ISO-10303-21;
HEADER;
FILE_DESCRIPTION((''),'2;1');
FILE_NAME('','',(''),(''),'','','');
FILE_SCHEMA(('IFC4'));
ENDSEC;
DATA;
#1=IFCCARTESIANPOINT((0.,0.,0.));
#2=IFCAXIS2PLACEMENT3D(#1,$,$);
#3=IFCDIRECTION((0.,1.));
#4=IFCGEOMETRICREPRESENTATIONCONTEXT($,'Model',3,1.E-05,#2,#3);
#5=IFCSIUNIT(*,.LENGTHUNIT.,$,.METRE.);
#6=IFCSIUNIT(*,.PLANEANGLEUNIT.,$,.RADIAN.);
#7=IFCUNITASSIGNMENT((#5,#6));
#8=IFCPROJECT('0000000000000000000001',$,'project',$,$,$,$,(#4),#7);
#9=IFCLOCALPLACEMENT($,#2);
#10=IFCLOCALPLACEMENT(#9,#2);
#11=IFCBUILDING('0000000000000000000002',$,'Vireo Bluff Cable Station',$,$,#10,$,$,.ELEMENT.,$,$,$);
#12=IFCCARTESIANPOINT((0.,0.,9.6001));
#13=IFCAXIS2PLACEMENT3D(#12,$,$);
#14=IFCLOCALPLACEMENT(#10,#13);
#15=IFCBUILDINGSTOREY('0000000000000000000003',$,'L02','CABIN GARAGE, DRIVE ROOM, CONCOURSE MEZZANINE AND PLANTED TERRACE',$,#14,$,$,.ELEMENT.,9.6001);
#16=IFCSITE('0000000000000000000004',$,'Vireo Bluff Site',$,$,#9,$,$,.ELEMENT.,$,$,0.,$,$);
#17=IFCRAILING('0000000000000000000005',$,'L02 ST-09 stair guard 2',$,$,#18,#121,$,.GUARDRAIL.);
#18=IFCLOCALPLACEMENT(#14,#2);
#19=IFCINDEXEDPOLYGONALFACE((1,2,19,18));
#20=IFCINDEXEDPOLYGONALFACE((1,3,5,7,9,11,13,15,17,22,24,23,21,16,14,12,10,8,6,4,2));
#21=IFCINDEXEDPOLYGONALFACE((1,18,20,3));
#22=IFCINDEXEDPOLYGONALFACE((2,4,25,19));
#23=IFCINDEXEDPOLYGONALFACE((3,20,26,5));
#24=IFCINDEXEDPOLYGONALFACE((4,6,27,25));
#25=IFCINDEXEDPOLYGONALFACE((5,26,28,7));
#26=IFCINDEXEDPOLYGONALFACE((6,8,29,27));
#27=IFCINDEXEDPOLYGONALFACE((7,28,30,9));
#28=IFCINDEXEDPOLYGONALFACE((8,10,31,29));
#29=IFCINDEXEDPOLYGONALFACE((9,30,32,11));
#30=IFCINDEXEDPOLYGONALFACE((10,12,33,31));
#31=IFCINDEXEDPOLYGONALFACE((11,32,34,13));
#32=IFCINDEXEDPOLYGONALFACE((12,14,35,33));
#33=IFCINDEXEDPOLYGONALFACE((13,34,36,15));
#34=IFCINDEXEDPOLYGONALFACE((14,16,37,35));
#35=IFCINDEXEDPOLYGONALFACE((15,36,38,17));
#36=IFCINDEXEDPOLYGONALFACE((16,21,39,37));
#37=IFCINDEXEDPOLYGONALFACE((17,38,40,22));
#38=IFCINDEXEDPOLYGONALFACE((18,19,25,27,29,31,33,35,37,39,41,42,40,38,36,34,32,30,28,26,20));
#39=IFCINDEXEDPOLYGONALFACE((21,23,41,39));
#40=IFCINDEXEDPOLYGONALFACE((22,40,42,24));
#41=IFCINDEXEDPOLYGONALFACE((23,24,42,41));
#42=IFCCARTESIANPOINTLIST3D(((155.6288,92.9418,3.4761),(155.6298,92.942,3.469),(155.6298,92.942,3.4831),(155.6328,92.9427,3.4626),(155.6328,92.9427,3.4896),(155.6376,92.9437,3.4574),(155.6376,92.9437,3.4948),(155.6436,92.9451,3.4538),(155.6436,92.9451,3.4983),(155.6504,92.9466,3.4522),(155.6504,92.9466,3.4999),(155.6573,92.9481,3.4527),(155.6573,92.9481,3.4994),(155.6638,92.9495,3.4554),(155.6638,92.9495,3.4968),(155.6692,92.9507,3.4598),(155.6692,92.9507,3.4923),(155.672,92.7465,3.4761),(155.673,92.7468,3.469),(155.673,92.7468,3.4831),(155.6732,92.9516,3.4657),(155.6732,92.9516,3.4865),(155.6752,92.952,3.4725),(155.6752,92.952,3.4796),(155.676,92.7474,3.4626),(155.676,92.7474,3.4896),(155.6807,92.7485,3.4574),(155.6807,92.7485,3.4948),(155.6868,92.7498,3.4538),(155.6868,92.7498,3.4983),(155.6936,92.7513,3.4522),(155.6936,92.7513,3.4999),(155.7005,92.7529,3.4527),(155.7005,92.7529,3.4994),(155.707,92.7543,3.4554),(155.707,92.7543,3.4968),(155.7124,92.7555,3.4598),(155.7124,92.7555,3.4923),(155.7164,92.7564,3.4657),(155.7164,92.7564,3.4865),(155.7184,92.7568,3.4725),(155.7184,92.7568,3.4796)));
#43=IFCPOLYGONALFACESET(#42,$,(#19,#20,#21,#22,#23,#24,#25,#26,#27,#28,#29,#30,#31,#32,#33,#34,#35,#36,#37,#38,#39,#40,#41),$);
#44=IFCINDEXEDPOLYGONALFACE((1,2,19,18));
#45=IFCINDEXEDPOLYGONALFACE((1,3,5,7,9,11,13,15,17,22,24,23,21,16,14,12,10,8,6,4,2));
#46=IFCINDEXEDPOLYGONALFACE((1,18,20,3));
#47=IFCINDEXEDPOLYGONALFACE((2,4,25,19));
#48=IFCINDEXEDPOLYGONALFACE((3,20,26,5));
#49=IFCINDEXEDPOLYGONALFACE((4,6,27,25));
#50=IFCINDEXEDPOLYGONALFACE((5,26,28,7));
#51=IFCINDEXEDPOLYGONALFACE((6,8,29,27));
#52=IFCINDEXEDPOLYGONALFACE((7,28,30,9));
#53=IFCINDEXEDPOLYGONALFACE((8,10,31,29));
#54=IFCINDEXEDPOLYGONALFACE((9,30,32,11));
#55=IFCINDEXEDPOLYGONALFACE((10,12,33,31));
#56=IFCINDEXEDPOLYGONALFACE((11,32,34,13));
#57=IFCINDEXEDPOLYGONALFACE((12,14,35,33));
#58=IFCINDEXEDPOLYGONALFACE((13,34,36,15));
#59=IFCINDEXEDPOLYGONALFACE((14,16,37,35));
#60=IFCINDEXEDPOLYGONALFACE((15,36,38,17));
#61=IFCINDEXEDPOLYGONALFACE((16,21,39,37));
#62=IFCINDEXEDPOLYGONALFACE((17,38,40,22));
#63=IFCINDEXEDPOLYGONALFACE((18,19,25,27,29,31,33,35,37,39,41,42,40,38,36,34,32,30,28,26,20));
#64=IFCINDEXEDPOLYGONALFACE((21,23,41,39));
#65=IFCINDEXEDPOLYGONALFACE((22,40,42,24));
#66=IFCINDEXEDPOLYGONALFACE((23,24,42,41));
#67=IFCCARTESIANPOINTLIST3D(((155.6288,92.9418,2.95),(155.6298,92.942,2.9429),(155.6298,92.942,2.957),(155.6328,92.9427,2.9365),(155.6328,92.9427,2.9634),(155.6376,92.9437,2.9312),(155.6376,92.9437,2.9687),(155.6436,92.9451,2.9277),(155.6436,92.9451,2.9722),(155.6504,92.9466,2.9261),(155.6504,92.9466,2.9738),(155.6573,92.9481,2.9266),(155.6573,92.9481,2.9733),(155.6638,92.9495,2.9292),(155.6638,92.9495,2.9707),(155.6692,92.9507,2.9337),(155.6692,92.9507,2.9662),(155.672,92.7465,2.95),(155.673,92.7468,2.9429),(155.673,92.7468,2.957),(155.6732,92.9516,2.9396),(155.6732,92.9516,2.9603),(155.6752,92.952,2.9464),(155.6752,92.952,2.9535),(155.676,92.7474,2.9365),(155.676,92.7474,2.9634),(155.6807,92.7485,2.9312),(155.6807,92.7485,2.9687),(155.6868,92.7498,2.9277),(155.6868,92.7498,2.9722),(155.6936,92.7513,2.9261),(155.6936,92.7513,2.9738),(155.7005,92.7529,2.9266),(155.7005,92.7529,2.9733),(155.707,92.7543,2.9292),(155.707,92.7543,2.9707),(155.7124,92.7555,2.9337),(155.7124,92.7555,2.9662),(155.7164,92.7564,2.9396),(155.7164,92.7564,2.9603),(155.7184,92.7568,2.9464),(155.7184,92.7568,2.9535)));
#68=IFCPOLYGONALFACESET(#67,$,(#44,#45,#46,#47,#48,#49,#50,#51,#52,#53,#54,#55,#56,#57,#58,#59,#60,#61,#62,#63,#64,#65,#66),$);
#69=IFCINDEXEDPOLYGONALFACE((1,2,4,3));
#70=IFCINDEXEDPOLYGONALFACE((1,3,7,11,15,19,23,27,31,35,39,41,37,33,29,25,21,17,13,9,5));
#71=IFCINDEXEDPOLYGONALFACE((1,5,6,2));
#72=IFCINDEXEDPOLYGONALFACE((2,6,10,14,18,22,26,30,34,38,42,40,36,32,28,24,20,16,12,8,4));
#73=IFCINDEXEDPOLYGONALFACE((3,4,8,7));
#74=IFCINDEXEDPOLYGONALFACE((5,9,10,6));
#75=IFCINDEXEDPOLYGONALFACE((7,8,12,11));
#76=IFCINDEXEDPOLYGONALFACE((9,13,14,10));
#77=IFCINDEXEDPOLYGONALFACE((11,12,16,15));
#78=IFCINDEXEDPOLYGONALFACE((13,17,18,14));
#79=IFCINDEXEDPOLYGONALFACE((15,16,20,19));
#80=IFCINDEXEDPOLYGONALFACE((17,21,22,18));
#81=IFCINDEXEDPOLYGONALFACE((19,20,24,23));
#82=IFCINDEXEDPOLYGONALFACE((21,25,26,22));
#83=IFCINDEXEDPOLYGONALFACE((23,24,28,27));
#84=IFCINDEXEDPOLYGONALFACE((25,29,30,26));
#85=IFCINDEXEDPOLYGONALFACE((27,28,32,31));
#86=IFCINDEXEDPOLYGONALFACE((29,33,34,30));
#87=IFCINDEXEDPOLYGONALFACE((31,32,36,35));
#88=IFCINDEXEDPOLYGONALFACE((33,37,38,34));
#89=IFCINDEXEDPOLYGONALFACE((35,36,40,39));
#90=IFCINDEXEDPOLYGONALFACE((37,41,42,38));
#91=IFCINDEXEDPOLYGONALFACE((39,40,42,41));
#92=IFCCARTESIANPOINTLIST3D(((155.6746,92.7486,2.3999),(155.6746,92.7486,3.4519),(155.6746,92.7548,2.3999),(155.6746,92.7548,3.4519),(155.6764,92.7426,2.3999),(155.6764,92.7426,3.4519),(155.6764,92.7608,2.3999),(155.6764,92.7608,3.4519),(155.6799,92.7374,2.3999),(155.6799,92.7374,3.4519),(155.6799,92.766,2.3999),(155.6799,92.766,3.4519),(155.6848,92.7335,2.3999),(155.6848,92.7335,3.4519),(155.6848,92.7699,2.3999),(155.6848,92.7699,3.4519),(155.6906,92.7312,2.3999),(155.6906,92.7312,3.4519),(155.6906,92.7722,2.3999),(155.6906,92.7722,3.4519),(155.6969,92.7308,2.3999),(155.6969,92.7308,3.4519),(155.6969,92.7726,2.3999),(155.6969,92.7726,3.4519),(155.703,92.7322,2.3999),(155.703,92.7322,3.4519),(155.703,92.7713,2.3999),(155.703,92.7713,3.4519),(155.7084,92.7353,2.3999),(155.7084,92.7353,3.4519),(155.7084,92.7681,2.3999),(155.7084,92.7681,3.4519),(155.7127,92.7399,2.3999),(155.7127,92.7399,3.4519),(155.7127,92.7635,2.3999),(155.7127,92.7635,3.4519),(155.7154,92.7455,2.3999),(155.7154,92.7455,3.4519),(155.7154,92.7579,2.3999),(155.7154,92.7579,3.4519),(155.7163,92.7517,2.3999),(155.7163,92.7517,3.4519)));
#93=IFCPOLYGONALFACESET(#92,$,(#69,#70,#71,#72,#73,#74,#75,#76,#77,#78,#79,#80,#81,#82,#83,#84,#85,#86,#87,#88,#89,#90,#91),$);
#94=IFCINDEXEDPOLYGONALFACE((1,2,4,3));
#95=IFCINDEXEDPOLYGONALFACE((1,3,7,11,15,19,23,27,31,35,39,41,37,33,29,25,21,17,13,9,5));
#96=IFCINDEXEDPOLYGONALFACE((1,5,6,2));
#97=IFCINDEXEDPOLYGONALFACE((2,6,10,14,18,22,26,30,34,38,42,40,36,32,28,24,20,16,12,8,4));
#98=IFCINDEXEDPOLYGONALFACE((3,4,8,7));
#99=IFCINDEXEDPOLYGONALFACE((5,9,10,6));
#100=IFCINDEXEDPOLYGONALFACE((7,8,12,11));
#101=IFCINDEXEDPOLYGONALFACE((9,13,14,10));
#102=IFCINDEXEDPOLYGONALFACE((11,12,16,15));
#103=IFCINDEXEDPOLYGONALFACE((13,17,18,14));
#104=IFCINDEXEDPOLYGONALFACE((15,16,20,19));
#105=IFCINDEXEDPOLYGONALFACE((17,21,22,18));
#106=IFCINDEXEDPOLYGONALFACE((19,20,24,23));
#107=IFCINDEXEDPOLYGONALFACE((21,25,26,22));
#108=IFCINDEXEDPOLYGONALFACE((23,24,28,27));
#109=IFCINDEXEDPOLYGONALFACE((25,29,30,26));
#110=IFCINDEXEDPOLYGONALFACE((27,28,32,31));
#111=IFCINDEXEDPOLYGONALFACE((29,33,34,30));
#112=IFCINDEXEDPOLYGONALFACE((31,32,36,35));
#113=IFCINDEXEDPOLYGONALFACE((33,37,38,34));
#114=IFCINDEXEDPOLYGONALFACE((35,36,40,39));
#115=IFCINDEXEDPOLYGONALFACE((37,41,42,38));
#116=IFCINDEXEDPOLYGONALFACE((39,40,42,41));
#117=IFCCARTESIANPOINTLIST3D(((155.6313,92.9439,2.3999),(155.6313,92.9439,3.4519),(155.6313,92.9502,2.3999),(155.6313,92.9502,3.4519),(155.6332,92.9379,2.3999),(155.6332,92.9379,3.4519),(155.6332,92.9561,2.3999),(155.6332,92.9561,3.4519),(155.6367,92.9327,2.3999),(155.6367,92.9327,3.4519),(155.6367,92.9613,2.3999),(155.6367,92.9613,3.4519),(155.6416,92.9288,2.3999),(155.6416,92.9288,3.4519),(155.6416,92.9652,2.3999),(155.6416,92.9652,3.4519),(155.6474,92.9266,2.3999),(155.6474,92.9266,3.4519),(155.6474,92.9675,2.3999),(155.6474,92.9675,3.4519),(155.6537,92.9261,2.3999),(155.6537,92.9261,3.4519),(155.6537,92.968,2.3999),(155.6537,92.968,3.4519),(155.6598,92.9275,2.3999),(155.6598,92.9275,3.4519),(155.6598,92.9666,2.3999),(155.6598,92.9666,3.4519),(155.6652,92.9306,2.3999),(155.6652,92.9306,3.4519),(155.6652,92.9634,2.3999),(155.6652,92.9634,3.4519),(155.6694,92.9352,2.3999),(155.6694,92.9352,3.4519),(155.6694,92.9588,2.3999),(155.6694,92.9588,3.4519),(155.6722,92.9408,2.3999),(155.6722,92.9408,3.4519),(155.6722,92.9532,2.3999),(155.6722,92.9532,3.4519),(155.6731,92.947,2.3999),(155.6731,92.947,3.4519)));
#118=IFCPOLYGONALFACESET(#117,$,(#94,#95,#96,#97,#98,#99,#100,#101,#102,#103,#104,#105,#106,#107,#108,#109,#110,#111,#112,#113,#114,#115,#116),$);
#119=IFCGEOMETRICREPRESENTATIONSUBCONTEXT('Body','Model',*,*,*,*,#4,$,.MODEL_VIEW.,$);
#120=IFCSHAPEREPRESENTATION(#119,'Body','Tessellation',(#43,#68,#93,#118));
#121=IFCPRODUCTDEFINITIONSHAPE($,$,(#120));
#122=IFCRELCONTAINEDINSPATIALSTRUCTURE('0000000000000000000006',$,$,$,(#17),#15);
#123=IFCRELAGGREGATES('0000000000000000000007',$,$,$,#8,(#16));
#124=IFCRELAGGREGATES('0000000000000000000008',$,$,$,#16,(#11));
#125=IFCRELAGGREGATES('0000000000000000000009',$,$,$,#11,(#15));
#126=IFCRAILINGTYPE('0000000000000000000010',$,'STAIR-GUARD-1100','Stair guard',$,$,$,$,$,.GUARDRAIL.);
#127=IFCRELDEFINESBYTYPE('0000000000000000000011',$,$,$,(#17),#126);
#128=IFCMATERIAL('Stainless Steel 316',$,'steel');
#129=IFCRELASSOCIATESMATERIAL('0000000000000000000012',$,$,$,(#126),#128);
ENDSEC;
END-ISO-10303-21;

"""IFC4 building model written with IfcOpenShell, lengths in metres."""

from ifc_helpers import new_model, si_unit, direction, frame, origin, origin_2d, place, context, subcontext, project, spatial, circle, extrude, material, type_object, element, save


model = new_model("IFC4")

# Units and contexts
model_context = context("Model", 3, precision=1e-05, world=origin(), true_north=direction((0.0, 1.0)))
body_context = subcontext(model_context, "Body", "Model", "MODEL_VIEW")
ifc_project = project(units=[si_unit("LENGTHUNIT", "METRE"), si_unit("PLANEANGLEUNIT", "RADIAN")], contexts=[model_context])

# Site, building, storey
site_placement = place(None, origin())
site = spatial("IfcSite", under=ifc_project, at=site_placement, Name="Vireo Bluff Site", CompositionType="ELEMENT", RefElevation=0.0)
building_placement = place(site_placement, origin())
building = spatial("IfcBuilding", under=site, at=building_placement, Name="Vireo Bluff Cable Station", CompositionType="ELEMENT")
storey_placement = place(building_placement, frame((0.0, 0.0, 9.6001)))
storey = spatial("IfcBuildingStorey", under=building, at=storey_placement, Name="L02", Description="CABIN GARAGE, DRIVE ROOM, CONCOURSE MEZZANINE AND PLANTED TERRACE", CompositionType="ELEMENT", Elevation=9.6001)

# Railing
ifc_material_1 = material(Name="Stainless Steel 316", Category="steel")
railing_type_1 = type_object("IfcRailingType", Name="STAIR-GUARD-1100", Description="Stair guard", PredefinedType="GUARDRAIL", material=ifc_material_1)
railing_1_placement = place(storey_placement, frame((155.6953, 92.7517, 2.3999)))
element("IfcRailing", 1, at=railing_1_placement, inside=storey, type_object=railing_type_1, Name="L02 ST-09 stair guard 2", PredefinedType="GUARDRAIL", context=body_context, shape_type="SweptSolid", body=[
    extrude(circle(Radius=0.0239, at=origin_2d()), frame((0.0, 0.0, 1.0762), z_axis=(-0.216026, 0.976388, 0.0), x_axis=(-0.976388, -0.216026, 0.0)), (0.0, 0.0, 1.0), 0.2),
    extrude(circle(Radius=0.0239, at=origin_2d()), frame((0.0, 0.0, 0.55), z_axis=(-0.216026, 0.976388, 0.0), x_axis=(-0.976388, -0.216026, 0.0)), (0.0, 0.0, 1.0), 0.2),
    extrude(circle(Radius=0.021, at=origin_2d()), origin(), (0.0, 0.0, 1.0), 1.052),
    extrude(circle(Radius=0.021, at=origin_2d()), frame((-0.0432, 0.1953, 0.0)), (0.0, 0.0, 1.0), 1.052),
])

save(model, "model.ifc")
